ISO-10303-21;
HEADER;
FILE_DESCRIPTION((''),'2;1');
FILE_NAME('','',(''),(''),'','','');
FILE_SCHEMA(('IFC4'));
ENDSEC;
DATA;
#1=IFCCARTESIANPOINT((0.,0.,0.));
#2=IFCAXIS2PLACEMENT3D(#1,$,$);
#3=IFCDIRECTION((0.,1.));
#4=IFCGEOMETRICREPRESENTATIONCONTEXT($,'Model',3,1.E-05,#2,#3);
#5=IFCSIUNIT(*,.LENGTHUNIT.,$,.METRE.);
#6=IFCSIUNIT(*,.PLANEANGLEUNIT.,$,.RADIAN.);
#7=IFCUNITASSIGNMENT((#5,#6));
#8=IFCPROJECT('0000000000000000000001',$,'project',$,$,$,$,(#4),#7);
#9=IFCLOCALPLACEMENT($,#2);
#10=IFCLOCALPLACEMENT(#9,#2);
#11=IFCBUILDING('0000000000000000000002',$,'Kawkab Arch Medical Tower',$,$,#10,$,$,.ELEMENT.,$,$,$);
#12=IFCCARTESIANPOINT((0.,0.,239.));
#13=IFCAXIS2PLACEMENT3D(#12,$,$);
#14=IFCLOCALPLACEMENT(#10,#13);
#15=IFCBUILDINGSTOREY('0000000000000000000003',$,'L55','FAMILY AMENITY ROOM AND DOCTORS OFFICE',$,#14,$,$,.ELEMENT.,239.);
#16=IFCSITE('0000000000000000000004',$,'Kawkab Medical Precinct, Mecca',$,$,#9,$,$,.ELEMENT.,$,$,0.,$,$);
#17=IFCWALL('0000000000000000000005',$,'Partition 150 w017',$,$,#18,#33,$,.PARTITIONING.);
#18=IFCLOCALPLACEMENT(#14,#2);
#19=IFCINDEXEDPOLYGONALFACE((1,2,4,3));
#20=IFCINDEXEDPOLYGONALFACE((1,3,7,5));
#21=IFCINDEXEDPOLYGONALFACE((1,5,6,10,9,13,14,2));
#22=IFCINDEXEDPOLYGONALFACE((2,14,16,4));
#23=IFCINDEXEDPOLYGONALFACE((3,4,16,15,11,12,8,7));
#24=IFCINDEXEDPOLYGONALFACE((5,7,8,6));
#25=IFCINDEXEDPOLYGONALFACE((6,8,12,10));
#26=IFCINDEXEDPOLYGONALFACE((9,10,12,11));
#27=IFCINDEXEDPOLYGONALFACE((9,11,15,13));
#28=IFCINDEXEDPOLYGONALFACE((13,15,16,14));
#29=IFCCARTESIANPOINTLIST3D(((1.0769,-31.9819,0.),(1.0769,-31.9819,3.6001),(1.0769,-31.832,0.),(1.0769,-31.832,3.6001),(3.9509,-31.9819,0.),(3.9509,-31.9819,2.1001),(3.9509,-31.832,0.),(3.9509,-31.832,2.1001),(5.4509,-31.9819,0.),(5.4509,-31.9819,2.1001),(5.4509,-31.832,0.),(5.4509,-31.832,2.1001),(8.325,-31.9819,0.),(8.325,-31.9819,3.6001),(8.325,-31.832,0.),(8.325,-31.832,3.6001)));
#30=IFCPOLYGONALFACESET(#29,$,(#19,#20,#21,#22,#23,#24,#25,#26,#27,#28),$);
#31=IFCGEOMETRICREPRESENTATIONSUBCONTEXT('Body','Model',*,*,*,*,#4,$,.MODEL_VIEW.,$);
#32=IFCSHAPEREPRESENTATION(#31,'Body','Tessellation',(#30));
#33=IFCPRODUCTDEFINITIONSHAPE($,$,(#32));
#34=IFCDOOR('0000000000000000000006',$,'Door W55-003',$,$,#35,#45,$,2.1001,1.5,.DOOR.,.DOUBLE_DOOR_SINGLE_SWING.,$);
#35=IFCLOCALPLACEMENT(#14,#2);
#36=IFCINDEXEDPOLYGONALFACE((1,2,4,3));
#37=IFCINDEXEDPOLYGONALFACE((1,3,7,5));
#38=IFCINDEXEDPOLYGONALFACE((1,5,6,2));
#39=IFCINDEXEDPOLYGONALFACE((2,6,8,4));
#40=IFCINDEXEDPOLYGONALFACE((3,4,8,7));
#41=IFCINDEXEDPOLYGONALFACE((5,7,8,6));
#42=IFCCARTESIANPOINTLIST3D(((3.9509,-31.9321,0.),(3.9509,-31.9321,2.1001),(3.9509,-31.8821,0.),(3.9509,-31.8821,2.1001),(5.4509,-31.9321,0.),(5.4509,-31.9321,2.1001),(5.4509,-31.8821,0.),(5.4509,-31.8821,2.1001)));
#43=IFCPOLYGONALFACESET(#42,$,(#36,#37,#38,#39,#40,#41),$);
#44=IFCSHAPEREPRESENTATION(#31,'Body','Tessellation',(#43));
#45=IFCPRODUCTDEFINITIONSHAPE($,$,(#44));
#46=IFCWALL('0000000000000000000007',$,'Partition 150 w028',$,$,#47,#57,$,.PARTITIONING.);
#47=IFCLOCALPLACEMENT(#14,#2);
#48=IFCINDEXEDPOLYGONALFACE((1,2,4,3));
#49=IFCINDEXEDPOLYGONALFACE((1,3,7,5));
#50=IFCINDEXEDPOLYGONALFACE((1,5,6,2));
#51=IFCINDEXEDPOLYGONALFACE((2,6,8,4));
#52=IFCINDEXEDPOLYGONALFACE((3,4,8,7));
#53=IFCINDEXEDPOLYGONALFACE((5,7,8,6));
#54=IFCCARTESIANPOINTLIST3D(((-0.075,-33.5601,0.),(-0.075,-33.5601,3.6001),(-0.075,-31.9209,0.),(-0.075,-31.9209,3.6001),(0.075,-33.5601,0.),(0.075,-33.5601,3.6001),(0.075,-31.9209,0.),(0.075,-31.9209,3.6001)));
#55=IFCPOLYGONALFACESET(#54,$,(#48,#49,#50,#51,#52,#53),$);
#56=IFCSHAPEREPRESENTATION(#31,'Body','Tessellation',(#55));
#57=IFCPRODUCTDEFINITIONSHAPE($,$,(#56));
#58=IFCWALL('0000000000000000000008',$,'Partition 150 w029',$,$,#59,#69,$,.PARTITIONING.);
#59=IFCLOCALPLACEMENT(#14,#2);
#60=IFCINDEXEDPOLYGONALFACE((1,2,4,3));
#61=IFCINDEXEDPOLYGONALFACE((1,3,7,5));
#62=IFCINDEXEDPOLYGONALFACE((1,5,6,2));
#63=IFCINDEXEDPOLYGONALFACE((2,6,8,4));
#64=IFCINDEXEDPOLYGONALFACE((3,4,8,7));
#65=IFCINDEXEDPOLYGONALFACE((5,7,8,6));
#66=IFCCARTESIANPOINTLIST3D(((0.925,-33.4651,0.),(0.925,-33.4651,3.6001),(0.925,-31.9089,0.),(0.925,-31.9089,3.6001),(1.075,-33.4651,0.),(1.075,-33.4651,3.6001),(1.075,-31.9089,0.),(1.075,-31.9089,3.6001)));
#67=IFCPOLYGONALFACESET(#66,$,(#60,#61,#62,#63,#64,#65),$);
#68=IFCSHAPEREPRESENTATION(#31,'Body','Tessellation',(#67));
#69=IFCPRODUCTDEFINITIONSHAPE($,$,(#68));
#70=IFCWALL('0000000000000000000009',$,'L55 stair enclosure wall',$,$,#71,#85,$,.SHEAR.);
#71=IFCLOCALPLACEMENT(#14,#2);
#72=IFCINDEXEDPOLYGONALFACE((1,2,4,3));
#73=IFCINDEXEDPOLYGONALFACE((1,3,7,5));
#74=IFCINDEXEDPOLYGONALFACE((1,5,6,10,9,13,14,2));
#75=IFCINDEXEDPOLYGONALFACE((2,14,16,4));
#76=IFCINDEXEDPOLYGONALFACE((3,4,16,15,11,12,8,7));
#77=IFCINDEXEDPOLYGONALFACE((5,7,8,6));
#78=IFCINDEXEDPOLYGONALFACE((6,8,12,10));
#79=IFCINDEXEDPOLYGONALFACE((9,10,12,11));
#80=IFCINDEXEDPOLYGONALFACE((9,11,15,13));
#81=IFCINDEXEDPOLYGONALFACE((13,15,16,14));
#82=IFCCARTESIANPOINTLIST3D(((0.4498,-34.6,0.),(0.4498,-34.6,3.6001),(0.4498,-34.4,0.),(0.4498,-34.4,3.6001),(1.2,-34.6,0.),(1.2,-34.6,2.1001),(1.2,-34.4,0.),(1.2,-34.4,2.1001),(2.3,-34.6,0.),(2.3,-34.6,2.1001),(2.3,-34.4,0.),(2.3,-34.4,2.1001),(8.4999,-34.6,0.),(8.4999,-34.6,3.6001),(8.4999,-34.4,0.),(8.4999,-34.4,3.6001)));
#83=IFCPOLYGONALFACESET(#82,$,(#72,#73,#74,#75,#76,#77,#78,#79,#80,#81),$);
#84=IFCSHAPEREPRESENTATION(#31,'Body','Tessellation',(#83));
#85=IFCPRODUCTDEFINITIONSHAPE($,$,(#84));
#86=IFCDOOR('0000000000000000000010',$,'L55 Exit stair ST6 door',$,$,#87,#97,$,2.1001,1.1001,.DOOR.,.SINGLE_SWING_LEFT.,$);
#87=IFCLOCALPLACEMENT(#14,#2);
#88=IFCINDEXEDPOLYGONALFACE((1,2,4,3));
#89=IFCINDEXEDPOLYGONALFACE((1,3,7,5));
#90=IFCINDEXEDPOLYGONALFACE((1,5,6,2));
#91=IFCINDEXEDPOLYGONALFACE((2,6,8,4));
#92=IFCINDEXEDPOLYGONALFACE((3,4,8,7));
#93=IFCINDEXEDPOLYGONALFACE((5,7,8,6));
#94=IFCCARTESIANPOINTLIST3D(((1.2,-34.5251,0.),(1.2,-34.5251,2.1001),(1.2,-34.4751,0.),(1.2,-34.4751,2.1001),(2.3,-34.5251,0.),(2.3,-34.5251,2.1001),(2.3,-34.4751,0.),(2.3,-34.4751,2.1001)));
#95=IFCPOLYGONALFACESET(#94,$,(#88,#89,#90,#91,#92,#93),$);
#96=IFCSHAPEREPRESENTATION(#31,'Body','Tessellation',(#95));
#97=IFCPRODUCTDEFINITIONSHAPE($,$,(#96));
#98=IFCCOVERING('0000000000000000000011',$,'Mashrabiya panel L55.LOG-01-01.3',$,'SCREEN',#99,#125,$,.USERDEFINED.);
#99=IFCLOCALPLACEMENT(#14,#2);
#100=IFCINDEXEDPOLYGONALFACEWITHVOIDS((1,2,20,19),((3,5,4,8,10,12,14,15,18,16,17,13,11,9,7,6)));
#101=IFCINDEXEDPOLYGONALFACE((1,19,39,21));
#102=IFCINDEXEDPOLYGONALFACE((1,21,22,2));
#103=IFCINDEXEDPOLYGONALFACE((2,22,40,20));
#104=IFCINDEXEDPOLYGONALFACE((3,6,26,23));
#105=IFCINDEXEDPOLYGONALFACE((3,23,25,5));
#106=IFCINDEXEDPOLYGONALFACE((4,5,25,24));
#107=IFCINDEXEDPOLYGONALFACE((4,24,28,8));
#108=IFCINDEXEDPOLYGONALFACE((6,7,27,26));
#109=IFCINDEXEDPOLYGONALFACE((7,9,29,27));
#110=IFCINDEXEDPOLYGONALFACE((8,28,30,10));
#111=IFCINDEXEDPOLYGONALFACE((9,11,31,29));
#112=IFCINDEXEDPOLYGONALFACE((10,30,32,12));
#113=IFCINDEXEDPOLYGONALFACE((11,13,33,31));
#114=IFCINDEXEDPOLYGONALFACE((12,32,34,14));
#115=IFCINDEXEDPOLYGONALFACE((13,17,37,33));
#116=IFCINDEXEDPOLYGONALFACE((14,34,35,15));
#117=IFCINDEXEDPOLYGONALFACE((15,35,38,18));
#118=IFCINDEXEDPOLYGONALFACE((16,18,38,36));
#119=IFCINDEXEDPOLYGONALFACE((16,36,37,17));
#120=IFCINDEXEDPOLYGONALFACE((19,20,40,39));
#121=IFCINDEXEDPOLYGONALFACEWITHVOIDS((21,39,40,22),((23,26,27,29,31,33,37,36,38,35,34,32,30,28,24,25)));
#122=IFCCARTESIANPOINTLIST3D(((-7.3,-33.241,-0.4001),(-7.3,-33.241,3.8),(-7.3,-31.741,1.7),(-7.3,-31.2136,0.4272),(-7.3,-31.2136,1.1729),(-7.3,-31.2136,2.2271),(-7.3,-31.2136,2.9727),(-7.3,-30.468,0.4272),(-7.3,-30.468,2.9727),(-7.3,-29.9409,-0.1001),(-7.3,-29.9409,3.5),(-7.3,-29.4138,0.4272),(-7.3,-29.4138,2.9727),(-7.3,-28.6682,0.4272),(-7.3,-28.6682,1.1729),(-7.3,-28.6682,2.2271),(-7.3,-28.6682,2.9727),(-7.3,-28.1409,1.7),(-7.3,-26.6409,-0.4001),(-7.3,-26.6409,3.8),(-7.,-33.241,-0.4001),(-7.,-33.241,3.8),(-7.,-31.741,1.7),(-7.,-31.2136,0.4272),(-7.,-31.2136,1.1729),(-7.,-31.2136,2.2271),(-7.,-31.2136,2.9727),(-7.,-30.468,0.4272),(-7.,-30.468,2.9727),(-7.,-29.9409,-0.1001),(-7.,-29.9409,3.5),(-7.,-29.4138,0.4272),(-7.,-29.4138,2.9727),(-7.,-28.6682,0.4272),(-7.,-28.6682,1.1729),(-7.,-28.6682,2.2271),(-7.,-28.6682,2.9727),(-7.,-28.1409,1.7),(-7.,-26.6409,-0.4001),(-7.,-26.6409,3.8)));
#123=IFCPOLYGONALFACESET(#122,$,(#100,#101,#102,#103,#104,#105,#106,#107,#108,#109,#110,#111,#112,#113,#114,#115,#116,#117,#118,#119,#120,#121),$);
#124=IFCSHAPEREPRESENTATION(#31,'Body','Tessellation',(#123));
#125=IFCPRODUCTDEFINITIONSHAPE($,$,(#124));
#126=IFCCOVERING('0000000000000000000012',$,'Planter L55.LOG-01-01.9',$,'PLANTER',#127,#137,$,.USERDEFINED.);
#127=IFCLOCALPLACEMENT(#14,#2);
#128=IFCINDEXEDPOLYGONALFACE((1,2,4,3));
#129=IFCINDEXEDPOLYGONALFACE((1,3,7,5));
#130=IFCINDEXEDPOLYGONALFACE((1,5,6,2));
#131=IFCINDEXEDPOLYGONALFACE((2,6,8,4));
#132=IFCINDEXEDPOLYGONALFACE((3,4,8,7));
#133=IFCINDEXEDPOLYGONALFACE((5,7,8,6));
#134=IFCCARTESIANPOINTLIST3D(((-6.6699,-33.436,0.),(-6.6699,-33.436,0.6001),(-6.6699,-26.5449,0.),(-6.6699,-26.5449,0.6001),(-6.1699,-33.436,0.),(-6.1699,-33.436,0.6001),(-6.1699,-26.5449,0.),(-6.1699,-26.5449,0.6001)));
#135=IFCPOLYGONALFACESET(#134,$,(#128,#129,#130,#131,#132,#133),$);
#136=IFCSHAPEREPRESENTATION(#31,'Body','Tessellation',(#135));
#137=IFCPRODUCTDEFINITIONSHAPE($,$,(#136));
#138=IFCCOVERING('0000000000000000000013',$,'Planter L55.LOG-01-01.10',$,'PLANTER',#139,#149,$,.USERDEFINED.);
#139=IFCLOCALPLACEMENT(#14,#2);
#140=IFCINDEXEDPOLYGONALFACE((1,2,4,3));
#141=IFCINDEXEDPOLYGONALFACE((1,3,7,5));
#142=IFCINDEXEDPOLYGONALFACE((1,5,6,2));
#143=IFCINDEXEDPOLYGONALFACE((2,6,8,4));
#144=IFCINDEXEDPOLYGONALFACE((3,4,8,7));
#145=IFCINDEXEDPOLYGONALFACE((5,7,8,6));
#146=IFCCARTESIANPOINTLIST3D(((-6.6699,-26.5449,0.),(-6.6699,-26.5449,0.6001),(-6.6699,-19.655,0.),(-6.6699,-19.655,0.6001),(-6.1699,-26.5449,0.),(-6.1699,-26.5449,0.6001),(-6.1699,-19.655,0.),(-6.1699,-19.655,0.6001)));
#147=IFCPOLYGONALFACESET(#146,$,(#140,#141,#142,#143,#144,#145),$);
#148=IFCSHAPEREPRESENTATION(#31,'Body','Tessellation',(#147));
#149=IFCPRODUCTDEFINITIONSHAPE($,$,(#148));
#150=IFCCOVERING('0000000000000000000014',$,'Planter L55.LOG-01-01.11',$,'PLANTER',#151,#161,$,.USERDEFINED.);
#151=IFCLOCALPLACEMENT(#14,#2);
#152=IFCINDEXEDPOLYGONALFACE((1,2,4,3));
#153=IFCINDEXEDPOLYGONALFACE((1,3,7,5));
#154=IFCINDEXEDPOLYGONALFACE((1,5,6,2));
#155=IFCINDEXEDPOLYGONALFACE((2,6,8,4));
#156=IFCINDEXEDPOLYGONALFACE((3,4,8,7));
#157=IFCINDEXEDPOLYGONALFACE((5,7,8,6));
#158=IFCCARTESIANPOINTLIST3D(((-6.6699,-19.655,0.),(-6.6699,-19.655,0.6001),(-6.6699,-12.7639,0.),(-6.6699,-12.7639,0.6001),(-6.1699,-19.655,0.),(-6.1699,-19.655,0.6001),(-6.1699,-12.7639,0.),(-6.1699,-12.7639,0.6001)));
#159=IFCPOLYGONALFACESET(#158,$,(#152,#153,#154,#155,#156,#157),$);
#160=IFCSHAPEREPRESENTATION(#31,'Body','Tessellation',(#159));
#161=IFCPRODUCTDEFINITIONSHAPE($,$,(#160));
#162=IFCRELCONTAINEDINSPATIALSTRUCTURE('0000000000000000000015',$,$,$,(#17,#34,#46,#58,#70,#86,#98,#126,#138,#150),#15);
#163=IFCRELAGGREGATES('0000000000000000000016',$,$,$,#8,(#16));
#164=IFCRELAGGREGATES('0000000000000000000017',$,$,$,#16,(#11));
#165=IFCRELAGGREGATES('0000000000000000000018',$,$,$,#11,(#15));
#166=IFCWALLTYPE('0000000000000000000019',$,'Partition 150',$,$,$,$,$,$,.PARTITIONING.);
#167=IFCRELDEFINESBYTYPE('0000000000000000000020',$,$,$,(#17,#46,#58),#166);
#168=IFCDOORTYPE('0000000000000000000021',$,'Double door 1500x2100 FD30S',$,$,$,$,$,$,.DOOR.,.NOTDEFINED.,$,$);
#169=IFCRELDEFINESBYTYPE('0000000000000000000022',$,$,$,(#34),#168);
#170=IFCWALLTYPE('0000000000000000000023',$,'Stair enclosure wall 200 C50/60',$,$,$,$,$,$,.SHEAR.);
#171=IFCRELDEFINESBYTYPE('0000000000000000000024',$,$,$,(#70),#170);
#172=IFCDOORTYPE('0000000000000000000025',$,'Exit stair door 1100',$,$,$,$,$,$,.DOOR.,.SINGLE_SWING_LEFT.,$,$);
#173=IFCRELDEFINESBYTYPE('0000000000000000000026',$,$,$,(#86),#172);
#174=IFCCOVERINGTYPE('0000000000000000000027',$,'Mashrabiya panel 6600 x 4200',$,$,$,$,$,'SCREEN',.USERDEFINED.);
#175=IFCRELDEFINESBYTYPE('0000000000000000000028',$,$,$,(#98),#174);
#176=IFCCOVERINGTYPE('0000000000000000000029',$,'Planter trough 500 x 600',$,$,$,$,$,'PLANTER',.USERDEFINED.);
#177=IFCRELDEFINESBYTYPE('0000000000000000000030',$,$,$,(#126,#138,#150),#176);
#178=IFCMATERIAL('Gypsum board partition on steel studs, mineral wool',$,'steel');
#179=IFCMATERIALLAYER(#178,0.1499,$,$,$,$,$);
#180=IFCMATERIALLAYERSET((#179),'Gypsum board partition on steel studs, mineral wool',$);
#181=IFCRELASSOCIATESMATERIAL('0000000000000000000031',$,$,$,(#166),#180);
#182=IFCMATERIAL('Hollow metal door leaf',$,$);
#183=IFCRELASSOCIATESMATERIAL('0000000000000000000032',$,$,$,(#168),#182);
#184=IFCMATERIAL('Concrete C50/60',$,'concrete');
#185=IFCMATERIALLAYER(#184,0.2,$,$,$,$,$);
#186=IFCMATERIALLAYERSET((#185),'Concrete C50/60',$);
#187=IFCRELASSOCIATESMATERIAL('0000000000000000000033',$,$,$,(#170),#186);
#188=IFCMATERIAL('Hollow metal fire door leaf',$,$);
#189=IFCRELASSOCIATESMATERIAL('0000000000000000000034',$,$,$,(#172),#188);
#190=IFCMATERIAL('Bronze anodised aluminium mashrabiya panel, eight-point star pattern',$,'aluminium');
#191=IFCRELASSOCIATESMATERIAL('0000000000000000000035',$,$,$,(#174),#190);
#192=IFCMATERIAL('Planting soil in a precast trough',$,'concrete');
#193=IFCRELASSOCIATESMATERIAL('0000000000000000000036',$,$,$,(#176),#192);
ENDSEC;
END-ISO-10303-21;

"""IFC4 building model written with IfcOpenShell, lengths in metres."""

from ifc_helpers import new_model, si_unit, direction, frame, frame_2d, origin, origin_2d, place, context, subcontext, project, spatial, polyline, rectangle, outline, extrude, material, layer, layer_set, material_profile, profile_set, type_object, element, fill, save


model = new_model("IFC4")

# Units and contexts
model_context = context("Model", 3, precision=1e-05, world=origin(), true_north=direction((0.0, 1.0)))
body_context = subcontext(model_context, "Body", "Model", "MODEL_VIEW")
ifc_project = project(units=[si_unit("LENGTHUNIT", "METRE"), si_unit("PLANEANGLEUNIT", "RADIAN")], contexts=[model_context])

# Site, building, storey
site_placement = place(None, origin())
site = spatial("IfcSite", under=ifc_project, at=site_placement, Name="Kawkab Medical Precinct, Mecca", CompositionType="ELEMENT", RefElevation=0.0)
building_placement = place(site_placement, origin())
building = spatial("IfcBuilding", under=site, at=building_placement, Name="Kawkab Arch Medical Tower", CompositionType="ELEMENT")
storey_placement = place(building_placement, frame((0.0, 0.0, 239.0)))
storey = spatial("IfcBuildingStorey", under=building, at=storey_placement, Name="L55", Description="FAMILY AMENITY ROOM AND DOCTORS OFFICE", CompositionType="ELEMENT", Elevation=239.0)

# Shared definitions
ifc_material_1 = material(Name="Gypsum board partition on steel studs, mineral wool", Category="steel")
ifc_layer_1 = layer(ifc_material_1, 0.1499)
ifc_layer_set_1 = layer_set([ifc_layer_1], Name="Gypsum board partition on steel studs, mineral wool")
wall_type_1 = type_object("IfcWallType", Name="Partition 150", PredefinedType="PARTITIONING", material=ifc_layer_set_1)

# Wall, opening, door
wall_1_placement = place(storey_placement, frame((1.0769, -31.907, 0.0), z_axis=(0.0, 0.0, 1.0), x_axis=(1.0, 0.0, 0.0)))
wall_1 = element("IfcWall", 1, at=wall_1_placement, inside=storey, type_object=wall_type_1, Name="Partition 150 w017", PredefinedType="PARTITIONING", context=body_context, shape_type="SweptSolid", body=[
    extrude(rectangle(XDim=7.248, YDim=0.1499, at=frame_2d((3.624, 0.0))), origin(), (0.0, 0.0, 1.0), 3.6001),
])
opening_1_placement = place(wall_1_placement, frame((2.874, 0.0, 0.0)))
opening_1 = element("IfcOpeningElement", 2, at=opening_1_placement, cuts=wall_1, PredefinedType="OPENING", context=body_context, shape_type="SweptSolid", body=[
    extrude(rectangle(XDim=1.5, YDim=2.1001, at=frame_2d((0.75, 1.05))), frame((0.0, 0.085, 0.0), z_axis=(0.0, -1.0, 0.0), x_axis=(1.0, 0.0, 0.0)), (0.0, 0.0, 1.0), 0.1699),
])
ifc_material_2 = material(Name="Hollow metal door leaf")
door_type_1 = type_object("IfcDoorType", Name="Double door 1500x2100 FD30S", OperationType="NOTDEFINED", PredefinedType="DOOR", material=ifc_material_2)
door_1_placement = place(opening_1_placement, origin())
door_1 = element("IfcDoor", 3, at=door_1_placement, inside=storey, type_object=door_type_1, Name="Door W55-003", OperationType="DOUBLE_DOOR_SINGLE_SWING", OverallHeight=2.1001, OverallWidth=1.5, PredefinedType="DOOR", context=body_context, shape_type="SweptSolid", body=[
    extrude(rectangle(XDim=1.5, YDim=2.1001, at=frame_2d((0.75, 1.05))), frame((0.0, 0.0249, 0.0), z_axis=(0.0, -1.0, 0.0), x_axis=(1.0, 0.0, 0.0)), (0.0, 0.0, 1.0), 0.05),
])
fill(opening_1, door_1)

# Walls
wall_2_placement = place(storey_placement, frame((0.0, -33.5601, 0.0), z_axis=(0.0, 0.0, 1.0), x_axis=(0.0, 1.0, 0.0)))
element("IfcWall", 4, at=wall_2_placement, inside=storey, type_object=wall_type_1, Name="Partition 150 w028", PredefinedType="PARTITIONING", context=body_context, shape_type="SweptSolid", body=[
    extrude(rectangle(XDim=1.6392, YDim=0.1499, at=frame_2d((0.8196, 0.0))), origin(), (0.0, 0.0, 1.0), 3.6001),
])
wall_3_placement = place(storey_placement, frame((1.0, -33.4651, 0.0), z_axis=(0.0, 0.0, 1.0), x_axis=(0.0, 1.0, 0.0)))
element("IfcWall", 5, at=wall_3_placement, inside=storey, type_object=wall_type_1, Name="Partition 150 w029", PredefinedType="PARTITIONING", context=body_context, shape_type="SweptSolid", body=[
    extrude(rectangle(XDim=1.5562, YDim=0.1499, at=frame_2d((0.7781, 0.0))), origin(), (0.0, 0.0, 1.0), 3.6001),
])

# Wall, opening, door
ifc_material_3 = material(Name="Concrete C50/60", Category="concrete")
ifc_layer_2 = layer(ifc_material_3, 0.2)
ifc_layer_set_2 = layer_set([ifc_layer_2], Name="Concrete C50/60")
wall_type_2 = type_object("IfcWallType", Name="Stair enclosure wall 200 C50/60", PredefinedType="SHEAR", material=ifc_layer_set_2)
wall_4_placement = place(storey_placement, frame((0.45, -34.5, 0.0), z_axis=(0.0, 0.0, 1.0), x_axis=(1.0, 0.0, 0.0)))
wall_4 = element("IfcWall", 6, at=wall_4_placement, inside=storey, type_object=wall_type_2, Name="L55 stair enclosure wall", PredefinedType="SHEAR", context=body_context, shape_type="SweptSolid", body=[
    extrude(rectangle(XDim=8.05, YDim=0.2, at=frame_2d((4.0249, 0.0))), origin(), (0.0, 0.0, 1.0), 3.6001),
])
opening_2_placement = place(wall_4_placement, frame((0.75, 0.0, 0.0)))
opening_2 = element("IfcOpeningElement", 7, at=opening_2_placement, cuts=wall_4, PredefinedType="OPENING", context=body_context, shape_type="SweptSolid", body=[
    extrude(rectangle(XDim=1.1001, YDim=2.1001, at=frame_2d((0.55, 1.05))), frame((0.0, 0.1099, 0.0), z_axis=(0.0, -1.0, 0.0), x_axis=(1.0, 0.0, 0.0)), (0.0, 0.0, 1.0), 0.22),
])
ifc_material_4 = material(Name="Hollow metal fire door leaf")
door_type_2 = type_object("IfcDoorType", Name="Exit stair door 1100", OperationType="SINGLE_SWING_LEFT", PredefinedType="DOOR", material=ifc_material_4)
door_2_placement = place(opening_2_placement, origin())
door_2 = element("IfcDoor", 8, at=door_2_placement, inside=storey, type_object=door_type_2, Name="L55 Exit stair ST6 door", OperationType="SINGLE_SWING_LEFT", OverallHeight=2.1001, OverallWidth=1.1001, PredefinedType="DOOR", context=body_context, shape_type="SweptSolid", body=[
    extrude(rectangle(XDim=1.1001, YDim=2.1001, at=frame_2d((0.55, 1.05))), frame((0.0, 0.0249, 0.0), z_axis=(0.0, -1.0, 0.0), x_axis=(1.0, 0.0, 0.0)), (0.0, 0.0, 1.0), 0.05),
])
fill(opening_2, door_2)

# Coverings
ifc_material_5 = material(Name="Bronze anodised aluminium mashrabiya panel, eight-point star pattern", Category="aluminium")
ifc_material_profile_1 = material_profile(ifc_material_5, outline(polyline([(-3.3, -2.1001), (3.3, -2.1001), (3.3, 2.1001), (-3.3, 2.1001), (-3.3, -2.1001)]), holes=[polyline([(1.8, 0.0), (1.2727, 0.5271), (1.2727, 1.2727), (0.5271, 1.2727), (0.0, 1.8), (-0.5271, 1.2727), (-1.2727, 1.2727), (-1.2727, 0.5271), (-1.8, 0.0), (-1.2727, -0.5271), (-1.2727, -1.2727), (-0.5271, -1.2727), (0.0, -1.8), (0.5271, -1.2727), (1.2727, -1.2727), (1.2727, -0.5271), (1.8, 0.0)])]), Name="Mashrabiya panel 6600x4200")
ifc_profile_set_1 = profile_set([ifc_material_profile_1], Name="Bronze anodised aluminium mashrabiya panel, eight-point star pattern")
covering_type_1 = type_object("IfcCoveringType", Name="Mashrabiya panel 6600 x 4200", ElementType="SCREEN", PredefinedType="USERDEFINED", material=ifc_profile_set_1)
covering_1_placement = place(storey_placement, frame((-7.0, -29.9409, 1.7), z_axis=(-1.0, 0.0, 0.0), x_axis=(0.0, -1.0, 0.0)))
element("IfcCovering", 9, at=covering_1_placement, inside=storey, type_object=covering_type_1, Name="Mashrabiya panel L55.LOG-01-01.3", ObjectType="SCREEN", PredefinedType="USERDEFINED", context=body_context, shape_type="SweptSolid", body=[
    extrude(outline(polyline([(-3.3, -2.1001), (3.3, -2.1001), (3.3, 2.1001), (-3.3, 2.1001), (-3.3, -2.1001)]), holes=[polyline([(1.8, 0.0), (1.2727, 0.5271), (1.2727, 1.2727), (0.5271, 1.2727), (0.0, 1.8), (-0.5271, 1.2727), (-1.2727, 1.2727), (-1.2727, 0.5271), (-1.8, 0.0), (-1.2727, -0.5271), (-1.2727, -1.2727), (-0.5271, -1.2727), (0.0, -1.8), (0.5271, -1.2727), (1.2727, -1.2727), (1.2727, -0.5271), (1.8, 0.0)])]), origin(), (0.0, 0.0, 1.0), 0.3),
])
ifc_material_6 = material(Name="Planting soil in a precast trough", Category="concrete")
ifc_material_profile_2 = material_profile(ifc_material_6, rectangle(XDim=0.5, YDim=0.6001, at=origin_2d()), Name="Trough 500x600")
ifc_profile_set_2 = profile_set([ifc_material_profile_2], Name="Planting soil in a precast trough")
covering_type_2 = type_object("IfcCoveringType", Name="Planter trough 500 x 600", ElementType="PLANTER", PredefinedType="USERDEFINED", material=ifc_profile_set_2)
covering_2_placement = place(storey_placement, frame((-6.4199, -33.436, 0.3), z_axis=(0.0, 1.0, 0.0), x_axis=(-1.0, 0.0, 0.0)))
element("IfcCovering", 10, at=covering_2_placement, inside=storey, type_object=covering_type_2, Name="Planter L55.LOG-01-01.9", ObjectType="PLANTER", PredefinedType="USERDEFINED", context=body_context, shape_type="SweptSolid", body=[
    extrude(rectangle(XDim=0.5, YDim=0.6001, at=origin_2d()), origin(), (0.0, 0.0, 1.0), 6.8911),
])
covering_3_placement = place(storey_placement, frame((-6.4199, -26.5449, 0.3), z_axis=(0.0, 1.0, 0.0), x_axis=(-1.0, 0.0, 0.0)))
element("IfcCovering", 11, at=covering_3_placement, inside=storey, type_object=covering_type_2, Name="Planter L55.LOG-01-01.10", ObjectType="PLANTER", PredefinedType="USERDEFINED", context=body_context, shape_type="SweptSolid", body=[
    extrude(rectangle(XDim=0.5, YDim=0.6001, at=origin_2d()), origin(), (0.0, 0.0, 1.0), 6.8899),
])
covering_4_placement = place(storey_placement, frame((-6.4199, -19.655, 0.3), z_axis=(0.0, 1.0, 0.0), x_axis=(-1.0, 0.0, 0.0)))
element("IfcCovering", 12, at=covering_4_placement, inside=storey, type_object=covering_type_2, Name="Planter L55.LOG-01-01.11", ObjectType="PLANTER", PredefinedType="USERDEFINED", context=body_context, shape_type="SweptSolid", body=[
    extrude(rectangle(XDim=0.5, YDim=0.6001, at=origin_2d()), origin(), (0.0, 0.0, 1.0), 6.8911),
])

save(model, "model.ifc")
